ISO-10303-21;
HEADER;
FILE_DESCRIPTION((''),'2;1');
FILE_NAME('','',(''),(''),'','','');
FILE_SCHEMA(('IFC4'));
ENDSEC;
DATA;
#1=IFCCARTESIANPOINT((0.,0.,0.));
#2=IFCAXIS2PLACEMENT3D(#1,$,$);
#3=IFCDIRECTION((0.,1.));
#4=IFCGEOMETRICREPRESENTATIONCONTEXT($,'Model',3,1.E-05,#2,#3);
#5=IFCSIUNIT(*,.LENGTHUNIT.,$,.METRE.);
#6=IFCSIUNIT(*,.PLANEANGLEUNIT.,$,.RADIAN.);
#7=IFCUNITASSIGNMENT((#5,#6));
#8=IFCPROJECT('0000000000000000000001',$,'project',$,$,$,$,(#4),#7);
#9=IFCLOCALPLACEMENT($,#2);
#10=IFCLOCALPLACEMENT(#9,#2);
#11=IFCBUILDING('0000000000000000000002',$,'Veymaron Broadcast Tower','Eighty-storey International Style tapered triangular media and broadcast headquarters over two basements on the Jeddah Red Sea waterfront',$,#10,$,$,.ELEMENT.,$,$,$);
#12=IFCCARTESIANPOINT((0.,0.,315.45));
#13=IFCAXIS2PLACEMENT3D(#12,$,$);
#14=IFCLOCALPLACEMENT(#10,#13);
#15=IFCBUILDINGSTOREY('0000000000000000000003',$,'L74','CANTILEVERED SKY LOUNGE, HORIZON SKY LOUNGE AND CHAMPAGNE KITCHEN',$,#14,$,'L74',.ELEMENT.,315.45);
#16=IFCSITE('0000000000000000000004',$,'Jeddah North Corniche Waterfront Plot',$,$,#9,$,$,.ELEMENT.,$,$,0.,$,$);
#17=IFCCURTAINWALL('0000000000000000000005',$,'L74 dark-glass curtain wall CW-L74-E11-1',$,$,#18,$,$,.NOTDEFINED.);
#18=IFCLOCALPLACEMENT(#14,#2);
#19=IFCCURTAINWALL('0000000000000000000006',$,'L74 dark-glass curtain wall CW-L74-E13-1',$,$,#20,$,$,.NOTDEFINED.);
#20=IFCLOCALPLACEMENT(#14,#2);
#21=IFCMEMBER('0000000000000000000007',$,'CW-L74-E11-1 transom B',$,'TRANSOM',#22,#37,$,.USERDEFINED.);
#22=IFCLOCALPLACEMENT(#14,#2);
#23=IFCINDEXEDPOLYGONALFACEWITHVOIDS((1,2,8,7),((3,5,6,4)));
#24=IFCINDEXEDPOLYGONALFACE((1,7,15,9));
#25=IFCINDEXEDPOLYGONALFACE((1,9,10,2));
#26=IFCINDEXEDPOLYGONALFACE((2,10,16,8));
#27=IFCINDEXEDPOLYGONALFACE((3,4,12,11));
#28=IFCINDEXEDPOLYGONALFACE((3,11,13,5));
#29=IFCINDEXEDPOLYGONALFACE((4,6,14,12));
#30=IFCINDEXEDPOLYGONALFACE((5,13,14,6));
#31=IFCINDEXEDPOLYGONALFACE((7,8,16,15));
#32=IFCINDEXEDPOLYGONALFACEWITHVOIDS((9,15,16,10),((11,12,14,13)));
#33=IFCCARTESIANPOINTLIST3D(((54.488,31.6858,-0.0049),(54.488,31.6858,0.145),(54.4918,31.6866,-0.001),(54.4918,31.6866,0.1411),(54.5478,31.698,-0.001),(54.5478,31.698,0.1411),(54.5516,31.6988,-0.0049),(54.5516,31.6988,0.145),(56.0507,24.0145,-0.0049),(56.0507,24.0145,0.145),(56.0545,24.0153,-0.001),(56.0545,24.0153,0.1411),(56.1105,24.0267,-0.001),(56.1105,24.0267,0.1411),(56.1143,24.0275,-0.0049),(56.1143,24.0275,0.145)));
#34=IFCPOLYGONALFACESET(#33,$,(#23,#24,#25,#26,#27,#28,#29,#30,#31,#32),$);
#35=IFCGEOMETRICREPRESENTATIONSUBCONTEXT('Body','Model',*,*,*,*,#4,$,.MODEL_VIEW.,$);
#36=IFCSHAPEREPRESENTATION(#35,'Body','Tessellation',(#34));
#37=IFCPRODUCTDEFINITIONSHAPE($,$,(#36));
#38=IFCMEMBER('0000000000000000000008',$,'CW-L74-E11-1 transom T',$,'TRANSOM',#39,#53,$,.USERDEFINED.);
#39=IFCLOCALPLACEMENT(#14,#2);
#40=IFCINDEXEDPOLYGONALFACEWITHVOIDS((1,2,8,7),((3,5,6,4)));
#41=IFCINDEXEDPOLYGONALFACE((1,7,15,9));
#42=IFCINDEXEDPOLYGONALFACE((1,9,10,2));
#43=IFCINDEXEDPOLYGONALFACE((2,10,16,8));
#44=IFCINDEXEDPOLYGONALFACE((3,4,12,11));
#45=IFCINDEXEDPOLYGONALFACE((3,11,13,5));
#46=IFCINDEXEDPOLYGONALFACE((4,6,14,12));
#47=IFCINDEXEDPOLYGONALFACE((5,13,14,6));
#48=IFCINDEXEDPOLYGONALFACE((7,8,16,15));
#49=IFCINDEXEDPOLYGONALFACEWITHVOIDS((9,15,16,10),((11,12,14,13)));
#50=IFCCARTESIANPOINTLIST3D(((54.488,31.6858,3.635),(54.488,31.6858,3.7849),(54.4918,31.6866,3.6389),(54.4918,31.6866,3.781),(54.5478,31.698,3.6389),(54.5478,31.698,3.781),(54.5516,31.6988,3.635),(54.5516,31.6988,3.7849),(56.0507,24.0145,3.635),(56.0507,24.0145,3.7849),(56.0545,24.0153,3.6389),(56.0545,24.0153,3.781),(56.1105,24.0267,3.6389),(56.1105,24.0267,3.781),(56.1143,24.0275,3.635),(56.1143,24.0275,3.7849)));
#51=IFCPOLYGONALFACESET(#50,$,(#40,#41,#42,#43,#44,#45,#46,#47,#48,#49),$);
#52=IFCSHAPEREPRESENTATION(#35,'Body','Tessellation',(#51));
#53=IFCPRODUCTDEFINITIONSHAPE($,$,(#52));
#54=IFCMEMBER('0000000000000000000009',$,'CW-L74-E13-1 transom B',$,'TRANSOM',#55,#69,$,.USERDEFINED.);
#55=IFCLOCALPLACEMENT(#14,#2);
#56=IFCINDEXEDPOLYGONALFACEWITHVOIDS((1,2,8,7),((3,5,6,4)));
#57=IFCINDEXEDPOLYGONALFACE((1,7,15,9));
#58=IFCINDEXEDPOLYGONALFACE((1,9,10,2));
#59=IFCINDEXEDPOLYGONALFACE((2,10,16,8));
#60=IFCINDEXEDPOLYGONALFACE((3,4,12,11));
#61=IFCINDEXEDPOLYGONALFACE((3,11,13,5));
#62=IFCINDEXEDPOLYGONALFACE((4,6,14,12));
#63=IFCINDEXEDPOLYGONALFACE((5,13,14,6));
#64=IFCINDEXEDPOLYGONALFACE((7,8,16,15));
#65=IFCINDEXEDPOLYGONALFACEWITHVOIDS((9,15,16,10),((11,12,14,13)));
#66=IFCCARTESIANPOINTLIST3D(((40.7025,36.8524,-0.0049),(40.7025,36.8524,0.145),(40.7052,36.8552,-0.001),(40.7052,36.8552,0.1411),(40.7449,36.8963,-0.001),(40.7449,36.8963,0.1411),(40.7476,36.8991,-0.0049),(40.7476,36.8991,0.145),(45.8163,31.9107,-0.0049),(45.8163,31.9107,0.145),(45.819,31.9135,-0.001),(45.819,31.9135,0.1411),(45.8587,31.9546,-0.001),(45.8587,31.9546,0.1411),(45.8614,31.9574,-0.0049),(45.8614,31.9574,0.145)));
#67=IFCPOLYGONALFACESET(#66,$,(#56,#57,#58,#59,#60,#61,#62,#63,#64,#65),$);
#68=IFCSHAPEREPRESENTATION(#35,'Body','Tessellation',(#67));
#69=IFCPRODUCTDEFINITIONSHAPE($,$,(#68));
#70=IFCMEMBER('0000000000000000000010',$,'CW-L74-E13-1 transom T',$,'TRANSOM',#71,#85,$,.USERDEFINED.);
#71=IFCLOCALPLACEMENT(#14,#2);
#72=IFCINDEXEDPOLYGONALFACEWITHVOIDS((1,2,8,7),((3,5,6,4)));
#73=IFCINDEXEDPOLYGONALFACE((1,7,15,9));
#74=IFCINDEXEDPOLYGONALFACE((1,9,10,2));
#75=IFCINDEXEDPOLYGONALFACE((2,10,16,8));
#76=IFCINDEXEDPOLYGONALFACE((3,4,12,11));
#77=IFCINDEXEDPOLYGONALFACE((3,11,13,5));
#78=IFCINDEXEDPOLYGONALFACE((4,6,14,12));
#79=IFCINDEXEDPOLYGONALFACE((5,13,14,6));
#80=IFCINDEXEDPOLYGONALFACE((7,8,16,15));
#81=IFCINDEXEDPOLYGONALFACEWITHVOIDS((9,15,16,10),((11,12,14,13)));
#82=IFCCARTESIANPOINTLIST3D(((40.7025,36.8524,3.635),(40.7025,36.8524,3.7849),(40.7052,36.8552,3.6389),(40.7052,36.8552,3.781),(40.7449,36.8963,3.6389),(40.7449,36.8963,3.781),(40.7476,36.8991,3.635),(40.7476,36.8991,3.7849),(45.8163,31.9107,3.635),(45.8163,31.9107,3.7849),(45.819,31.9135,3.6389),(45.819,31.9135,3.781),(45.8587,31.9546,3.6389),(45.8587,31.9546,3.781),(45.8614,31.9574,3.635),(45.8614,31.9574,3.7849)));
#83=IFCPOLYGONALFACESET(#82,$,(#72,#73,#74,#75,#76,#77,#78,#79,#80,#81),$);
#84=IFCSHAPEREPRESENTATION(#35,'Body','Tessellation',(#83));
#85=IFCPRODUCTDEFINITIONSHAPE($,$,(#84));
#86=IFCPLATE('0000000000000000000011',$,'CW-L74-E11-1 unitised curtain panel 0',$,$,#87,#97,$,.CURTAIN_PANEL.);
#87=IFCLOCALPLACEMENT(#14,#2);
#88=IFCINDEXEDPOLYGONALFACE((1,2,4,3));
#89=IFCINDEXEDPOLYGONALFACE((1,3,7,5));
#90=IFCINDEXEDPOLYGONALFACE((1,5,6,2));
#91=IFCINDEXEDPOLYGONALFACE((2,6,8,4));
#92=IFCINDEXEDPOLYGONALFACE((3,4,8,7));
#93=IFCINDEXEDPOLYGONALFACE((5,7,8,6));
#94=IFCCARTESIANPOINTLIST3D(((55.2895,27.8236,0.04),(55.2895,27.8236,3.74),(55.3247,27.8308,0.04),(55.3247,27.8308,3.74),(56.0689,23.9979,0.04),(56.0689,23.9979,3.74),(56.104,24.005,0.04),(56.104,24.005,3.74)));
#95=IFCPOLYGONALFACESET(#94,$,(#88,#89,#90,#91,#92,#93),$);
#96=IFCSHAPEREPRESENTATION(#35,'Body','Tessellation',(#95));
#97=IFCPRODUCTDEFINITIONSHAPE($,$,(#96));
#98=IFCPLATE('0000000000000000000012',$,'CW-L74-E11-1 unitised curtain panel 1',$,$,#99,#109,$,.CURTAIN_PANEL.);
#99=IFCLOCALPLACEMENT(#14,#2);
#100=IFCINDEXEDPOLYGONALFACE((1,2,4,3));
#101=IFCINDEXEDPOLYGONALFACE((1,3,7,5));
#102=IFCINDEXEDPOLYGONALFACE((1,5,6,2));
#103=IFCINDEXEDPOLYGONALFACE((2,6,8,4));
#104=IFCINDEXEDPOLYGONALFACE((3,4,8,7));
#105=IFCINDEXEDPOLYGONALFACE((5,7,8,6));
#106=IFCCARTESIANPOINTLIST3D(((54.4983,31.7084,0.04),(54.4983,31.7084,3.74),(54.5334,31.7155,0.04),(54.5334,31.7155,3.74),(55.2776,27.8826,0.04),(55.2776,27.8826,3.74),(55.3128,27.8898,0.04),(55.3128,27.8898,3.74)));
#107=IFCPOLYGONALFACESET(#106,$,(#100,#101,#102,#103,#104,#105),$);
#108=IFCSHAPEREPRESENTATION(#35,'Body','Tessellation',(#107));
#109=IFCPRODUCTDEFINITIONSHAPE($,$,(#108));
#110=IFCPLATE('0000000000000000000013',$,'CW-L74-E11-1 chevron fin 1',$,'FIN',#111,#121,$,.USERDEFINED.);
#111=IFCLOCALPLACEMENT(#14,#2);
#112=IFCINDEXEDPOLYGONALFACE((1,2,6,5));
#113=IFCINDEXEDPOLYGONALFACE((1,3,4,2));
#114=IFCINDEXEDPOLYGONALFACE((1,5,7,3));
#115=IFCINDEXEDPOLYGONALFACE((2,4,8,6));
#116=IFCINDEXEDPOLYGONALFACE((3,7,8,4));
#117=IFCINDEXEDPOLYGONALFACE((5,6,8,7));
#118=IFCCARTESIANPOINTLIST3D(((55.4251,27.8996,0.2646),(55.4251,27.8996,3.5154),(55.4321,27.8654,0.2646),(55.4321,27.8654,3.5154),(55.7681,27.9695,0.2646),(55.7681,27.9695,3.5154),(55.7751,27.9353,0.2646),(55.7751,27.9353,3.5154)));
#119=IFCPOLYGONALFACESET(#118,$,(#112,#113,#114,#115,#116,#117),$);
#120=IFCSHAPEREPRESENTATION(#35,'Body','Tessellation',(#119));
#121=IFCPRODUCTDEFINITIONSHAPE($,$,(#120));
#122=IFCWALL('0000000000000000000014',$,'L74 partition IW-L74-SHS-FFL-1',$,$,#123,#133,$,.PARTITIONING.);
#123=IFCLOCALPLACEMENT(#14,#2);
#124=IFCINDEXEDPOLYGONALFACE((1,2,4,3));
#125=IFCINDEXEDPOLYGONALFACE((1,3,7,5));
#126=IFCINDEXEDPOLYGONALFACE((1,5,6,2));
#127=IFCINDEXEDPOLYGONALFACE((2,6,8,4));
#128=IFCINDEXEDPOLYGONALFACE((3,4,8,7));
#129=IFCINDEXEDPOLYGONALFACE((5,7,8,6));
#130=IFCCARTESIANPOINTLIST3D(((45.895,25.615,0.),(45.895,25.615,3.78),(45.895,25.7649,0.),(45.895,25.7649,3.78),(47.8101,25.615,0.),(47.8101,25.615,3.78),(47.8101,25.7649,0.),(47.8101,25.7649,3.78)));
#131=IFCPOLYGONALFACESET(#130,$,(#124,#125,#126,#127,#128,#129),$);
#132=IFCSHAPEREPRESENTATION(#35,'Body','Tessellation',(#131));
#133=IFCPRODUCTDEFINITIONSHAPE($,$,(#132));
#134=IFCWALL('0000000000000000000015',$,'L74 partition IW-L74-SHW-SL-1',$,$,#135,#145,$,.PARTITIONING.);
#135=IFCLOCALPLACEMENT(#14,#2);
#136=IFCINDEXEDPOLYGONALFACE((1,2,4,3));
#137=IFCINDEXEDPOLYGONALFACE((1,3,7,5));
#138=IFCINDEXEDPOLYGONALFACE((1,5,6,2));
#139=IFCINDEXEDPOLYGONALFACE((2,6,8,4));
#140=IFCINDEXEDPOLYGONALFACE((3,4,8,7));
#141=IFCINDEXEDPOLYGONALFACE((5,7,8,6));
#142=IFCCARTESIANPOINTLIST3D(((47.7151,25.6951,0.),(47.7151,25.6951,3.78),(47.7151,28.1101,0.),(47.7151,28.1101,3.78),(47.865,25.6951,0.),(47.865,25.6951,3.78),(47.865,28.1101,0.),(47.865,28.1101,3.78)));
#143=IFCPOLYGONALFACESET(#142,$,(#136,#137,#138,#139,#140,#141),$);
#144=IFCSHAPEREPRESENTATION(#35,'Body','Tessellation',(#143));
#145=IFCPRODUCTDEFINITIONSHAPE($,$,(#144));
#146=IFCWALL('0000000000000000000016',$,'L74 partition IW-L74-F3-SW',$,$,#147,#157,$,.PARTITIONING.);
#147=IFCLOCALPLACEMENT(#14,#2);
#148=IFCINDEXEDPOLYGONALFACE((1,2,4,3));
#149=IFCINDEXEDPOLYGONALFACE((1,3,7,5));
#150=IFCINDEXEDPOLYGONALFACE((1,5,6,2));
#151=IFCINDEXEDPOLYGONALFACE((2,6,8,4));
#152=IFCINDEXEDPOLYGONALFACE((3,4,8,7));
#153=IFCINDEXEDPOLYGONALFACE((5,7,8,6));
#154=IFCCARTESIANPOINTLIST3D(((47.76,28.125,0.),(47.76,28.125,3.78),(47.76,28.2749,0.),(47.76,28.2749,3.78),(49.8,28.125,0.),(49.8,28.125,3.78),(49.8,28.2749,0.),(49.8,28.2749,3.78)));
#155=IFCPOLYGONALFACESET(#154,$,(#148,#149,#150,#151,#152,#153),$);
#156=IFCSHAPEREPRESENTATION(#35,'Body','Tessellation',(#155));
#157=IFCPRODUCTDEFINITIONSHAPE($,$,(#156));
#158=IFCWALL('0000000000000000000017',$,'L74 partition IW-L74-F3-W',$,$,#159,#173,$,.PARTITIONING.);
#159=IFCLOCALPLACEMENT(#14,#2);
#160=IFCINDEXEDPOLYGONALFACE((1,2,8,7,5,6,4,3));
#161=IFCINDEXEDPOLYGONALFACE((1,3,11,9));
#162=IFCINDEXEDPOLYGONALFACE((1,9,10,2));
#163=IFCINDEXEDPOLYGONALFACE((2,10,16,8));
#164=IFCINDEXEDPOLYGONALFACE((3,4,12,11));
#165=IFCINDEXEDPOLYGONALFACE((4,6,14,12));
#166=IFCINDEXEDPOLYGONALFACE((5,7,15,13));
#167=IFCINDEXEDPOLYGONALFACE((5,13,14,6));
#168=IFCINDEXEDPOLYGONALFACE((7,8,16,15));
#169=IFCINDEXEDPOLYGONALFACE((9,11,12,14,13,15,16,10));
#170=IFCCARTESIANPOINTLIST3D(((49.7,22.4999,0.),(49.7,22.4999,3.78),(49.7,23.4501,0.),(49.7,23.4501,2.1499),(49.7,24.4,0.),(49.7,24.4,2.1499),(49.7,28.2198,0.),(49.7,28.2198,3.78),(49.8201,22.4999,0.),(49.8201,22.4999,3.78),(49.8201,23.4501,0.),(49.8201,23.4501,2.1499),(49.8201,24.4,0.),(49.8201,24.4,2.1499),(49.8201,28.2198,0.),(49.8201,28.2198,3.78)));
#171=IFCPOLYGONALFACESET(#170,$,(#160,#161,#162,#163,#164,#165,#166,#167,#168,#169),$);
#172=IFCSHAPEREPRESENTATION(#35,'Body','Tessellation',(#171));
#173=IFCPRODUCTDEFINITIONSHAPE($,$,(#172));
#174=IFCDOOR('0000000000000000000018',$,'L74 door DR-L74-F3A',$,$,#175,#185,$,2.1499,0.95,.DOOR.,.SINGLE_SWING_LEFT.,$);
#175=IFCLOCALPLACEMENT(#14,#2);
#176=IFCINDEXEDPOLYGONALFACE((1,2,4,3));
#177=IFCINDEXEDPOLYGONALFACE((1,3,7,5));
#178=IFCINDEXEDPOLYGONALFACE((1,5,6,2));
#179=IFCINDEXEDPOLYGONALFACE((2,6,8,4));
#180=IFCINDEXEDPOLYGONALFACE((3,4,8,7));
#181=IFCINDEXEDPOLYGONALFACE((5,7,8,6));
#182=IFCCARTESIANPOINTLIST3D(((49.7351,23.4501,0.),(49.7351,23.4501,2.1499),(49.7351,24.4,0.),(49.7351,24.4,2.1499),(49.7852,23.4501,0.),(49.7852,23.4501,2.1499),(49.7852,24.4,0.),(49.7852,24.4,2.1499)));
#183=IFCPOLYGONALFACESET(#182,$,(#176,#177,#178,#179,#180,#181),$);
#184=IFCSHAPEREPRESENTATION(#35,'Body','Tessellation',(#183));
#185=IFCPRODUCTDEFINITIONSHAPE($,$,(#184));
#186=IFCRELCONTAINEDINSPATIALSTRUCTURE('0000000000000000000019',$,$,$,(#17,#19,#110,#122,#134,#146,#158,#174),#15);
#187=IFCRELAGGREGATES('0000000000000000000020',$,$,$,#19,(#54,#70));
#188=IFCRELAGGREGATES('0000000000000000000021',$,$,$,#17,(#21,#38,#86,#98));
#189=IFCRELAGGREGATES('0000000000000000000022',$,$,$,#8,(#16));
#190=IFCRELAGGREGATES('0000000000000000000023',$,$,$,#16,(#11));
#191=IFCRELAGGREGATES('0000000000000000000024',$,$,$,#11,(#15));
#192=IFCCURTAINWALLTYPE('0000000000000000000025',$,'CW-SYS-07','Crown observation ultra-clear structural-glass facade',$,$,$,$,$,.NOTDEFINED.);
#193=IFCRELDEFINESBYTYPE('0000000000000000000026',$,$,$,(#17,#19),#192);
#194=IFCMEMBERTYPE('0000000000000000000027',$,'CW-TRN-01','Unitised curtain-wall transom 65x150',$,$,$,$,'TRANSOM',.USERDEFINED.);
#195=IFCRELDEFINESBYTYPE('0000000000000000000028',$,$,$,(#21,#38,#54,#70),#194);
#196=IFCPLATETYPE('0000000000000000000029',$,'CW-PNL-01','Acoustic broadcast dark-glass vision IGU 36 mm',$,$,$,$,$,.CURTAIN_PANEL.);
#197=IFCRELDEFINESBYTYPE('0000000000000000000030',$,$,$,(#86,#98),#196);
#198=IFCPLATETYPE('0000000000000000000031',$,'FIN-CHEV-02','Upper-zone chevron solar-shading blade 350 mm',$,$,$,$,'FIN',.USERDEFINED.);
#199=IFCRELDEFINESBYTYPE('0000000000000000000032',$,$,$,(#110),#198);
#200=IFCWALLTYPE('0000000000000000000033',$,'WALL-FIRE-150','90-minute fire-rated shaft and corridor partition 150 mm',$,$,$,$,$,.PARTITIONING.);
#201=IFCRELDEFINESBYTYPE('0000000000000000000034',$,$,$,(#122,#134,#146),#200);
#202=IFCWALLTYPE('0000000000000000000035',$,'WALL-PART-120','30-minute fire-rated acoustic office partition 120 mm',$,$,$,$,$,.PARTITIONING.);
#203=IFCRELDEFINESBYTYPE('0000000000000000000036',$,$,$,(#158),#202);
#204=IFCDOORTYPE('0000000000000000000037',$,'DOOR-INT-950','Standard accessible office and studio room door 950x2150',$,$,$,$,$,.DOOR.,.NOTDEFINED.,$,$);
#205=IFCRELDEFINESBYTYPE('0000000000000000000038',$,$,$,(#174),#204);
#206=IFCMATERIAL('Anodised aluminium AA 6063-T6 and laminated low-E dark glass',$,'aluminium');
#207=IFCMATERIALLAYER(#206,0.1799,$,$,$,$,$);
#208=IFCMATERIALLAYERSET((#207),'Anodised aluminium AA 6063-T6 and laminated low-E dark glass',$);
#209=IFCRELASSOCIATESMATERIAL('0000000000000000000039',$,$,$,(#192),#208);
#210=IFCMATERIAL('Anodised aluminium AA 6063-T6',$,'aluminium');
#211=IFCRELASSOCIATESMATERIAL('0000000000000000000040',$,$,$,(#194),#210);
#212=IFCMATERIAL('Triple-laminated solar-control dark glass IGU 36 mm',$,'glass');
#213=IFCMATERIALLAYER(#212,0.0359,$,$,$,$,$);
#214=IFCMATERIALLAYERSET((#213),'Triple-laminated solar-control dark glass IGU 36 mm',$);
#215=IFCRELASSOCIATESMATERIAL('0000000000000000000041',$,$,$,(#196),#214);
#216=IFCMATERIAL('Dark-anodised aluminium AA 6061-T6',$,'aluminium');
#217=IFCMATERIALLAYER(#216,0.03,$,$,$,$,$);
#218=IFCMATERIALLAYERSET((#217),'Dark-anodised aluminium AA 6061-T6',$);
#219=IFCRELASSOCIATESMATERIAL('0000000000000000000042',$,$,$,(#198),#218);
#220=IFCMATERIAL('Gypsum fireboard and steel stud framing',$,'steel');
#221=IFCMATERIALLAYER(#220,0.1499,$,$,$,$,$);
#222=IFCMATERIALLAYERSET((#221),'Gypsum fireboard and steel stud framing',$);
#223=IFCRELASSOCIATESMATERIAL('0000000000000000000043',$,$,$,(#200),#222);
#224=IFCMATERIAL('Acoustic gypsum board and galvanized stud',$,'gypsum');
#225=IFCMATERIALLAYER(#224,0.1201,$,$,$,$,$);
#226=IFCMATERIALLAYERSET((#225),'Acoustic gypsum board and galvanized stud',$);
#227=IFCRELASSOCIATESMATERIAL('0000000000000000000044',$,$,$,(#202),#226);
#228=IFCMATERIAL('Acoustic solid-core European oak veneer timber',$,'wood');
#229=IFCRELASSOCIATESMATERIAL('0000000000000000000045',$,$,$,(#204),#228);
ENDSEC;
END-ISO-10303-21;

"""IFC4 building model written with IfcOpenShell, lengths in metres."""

from ifc_helpers import new_model, si_unit, direction, frame, frame_2d, origin, origin_2d, place, context, subcontext, project, spatial, rectangle, hollow_rectangle, extrude, material, layer, layer_set, material_profile, profile_set, type_object, element, fill, aggregate, save


model = new_model("IFC4")

# Units and contexts
model_context = context("Model", 3, precision=1e-05, world=origin(), true_north=direction((0.0, 1.0)))
body_context = subcontext(model_context, "Body", "Model", "MODEL_VIEW")
ifc_project = project(units=[si_unit("LENGTHUNIT", "METRE"), si_unit("PLANEANGLEUNIT", "RADIAN")], contexts=[model_context])

# Site, building, storey
site_placement = place(None, origin())
site = spatial("IfcSite", under=ifc_project, at=site_placement, Name="Jeddah North Corniche Waterfront Plot", CompositionType="ELEMENT", RefElevation=0.0)
building_placement = place(site_placement, origin())
building = spatial("IfcBuilding", under=site, at=building_placement, Name="Veymaron Broadcast Tower", Description="Eighty-storey International Style tapered triangular media and broadcast headquarters over two basements on the Jeddah Red Sea waterfront", CompositionType="ELEMENT")
storey_placement = place(building_placement, frame((0.0, 0.0, 315.45)))
storey = spatial("IfcBuildingStorey", under=building, at=storey_placement, Name="L74", Description="CANTILEVERED SKY LOUNGE, HORIZON SKY LOUNGE AND CHAMPAGNE KITCHEN", LongName="L74", CompositionType="ELEMENT", Elevation=315.45)

# Shared definitions
ifc_material_1 = material(Name="Anodised aluminium AA 6063-T6 and laminated low-E dark glass", Category="aluminium")
ifc_layer_1 = layer(ifc_material_1, 0.1799)
ifc_layer_set_1 = layer_set([ifc_layer_1], Name="Anodised aluminium AA 6063-T6 and laminated low-E dark glass")
curtain_wall_type = type_object("IfcCurtainWallType", Name="CW-SYS-07", Description="Crown observation ultra-clear structural-glass facade", PredefinedType="NOTDEFINED", material=ifc_layer_set_1)
ifc_material_2 = material(Name="Anodised aluminium AA 6063-T6", Category="aluminium")

# Curtain wall
curtain_wall_1_placement = place(storey_placement, origin())
curtain_wall_1 = element("IfcCurtainWall", 1, at=curtain_wall_1_placement, inside=storey, type_object=curtain_wall_type, Name="L74 dark-glass curtain wall CW-L74-E11-1", PredefinedType="NOTDEFINED")

# Curtain wall
curtain_wall_2_placement = place(storey_placement, origin())
curtain_wall_2 = element("IfcCurtainWall", 2, at=curtain_wall_2_placement, inside=storey, type_object=curtain_wall_type, Name="L74 dark-glass curtain wall CW-L74-E13-1", PredefinedType="NOTDEFINED")

# Members
ifc_material_profile_1 = material_profile(ifc_material_2, hollow_rectangle(XDim=0.0649, YDim=0.1499, WallThickness=0.0039, at=origin_2d()), Name="AL150X65X4")
ifc_profile_set_1 = profile_set([ifc_material_profile_1], Name="Anodised aluminium AA 6063-T6")
member_type_1 = type_object("IfcMemberType", Name="CW-TRN-01", Description="Unitised curtain-wall transom 65x150", ElementType="TRANSOM", PredefinedType="USERDEFINED", material=ifc_profile_set_1)
member_1_placement = place(storey_placement, frame((56.0825, 24.021, 0.0701), z_axis=(-0.199611, 0.979875, 0.0), x_axis=(-0.979875, -0.199611, 0.0)))
member_1 = element("IfcMember", 3, at=member_1_placement, type_object=member_type_1, Name="CW-L74-E11-1 transom B", ObjectType="TRANSOM", PredefinedType="USERDEFINED", context=body_context, shape_type="SweptSolid", body=[
    extrude(hollow_rectangle(XDim=0.0649, YDim=0.1499, WallThickness=0.0039, at=origin_2d()), origin(), (0.0, 0.0, 1.0), 7.8289),
])
member_2_placement = place(storey_placement, frame((56.0825, 24.021, 3.71), z_axis=(-0.199611, 0.979875, 0.0), x_axis=(-0.979875, -0.199611, 0.0)))
member_2 = element("IfcMember", 4, at=member_2_placement, type_object=member_type_1, Name="CW-L74-E11-1 transom T", ObjectType="TRANSOM", PredefinedType="USERDEFINED", context=body_context, shape_type="SweptSolid", body=[
    extrude(hollow_rectangle(XDim=0.0649, YDim=0.1499, WallThickness=0.0039, at=origin_2d()), origin(), (0.0, 0.0, 1.0), 7.8289),
])
member_3_placement = place(storey_placement, frame((45.8389, 31.9341, 0.0701), z_axis=(-0.719105, 0.694901, 0.0), x_axis=(-0.694901, -0.719105, 0.0)))
member_3 = element("IfcMember", 5, at=member_3_placement, type_object=member_type_1, Name="CW-L74-E13-1 transom B", ObjectType="TRANSOM", PredefinedType="USERDEFINED", context=body_context, shape_type="SweptSolid", body=[
    extrude(hollow_rectangle(XDim=0.0649, YDim=0.1499, WallThickness=0.0039, at=origin_2d()), origin(), (0.0, 0.0, 1.0), 7.1113),
])
member_4_placement = place(storey_placement, frame((45.8389, 31.9341, 3.71), z_axis=(-0.719105, 0.694901, 0.0), x_axis=(-0.694901, -0.719105, 0.0)))
member_4 = element("IfcMember", 6, at=member_4_placement, type_object=member_type_1, Name="CW-L74-E13-1 transom T", ObjectType="TRANSOM", PredefinedType="USERDEFINED", context=body_context, shape_type="SweptSolid", body=[
    extrude(hollow_rectangle(XDim=0.0649, YDim=0.1499, WallThickness=0.0039, at=origin_2d()), origin(), (0.0, 0.0, 1.0), 7.1113),
])
aggregate(curtain_wall_2, [member_3, member_4])

# Plates
ifc_material_3 = material(Name="Triple-laminated solar-control dark glass IGU 36 mm", Category="glass")
ifc_layer_2 = layer(ifc_material_3, 0.0359)
ifc_layer_set_2 = layer_set([ifc_layer_2], Name="Triple-laminated solar-control dark glass IGU 36 mm")
plate_type_1 = type_object("IfcPlateType", Name="CW-PNL-01", Description="Acoustic broadcast dark-glass vision IGU 36 mm", PredefinedType="CURTAIN_PANEL", material=ifc_layer_set_2)
plate_1_placement = place(storey_placement, frame((55.6968, 25.9143, 0.04), z_axis=(0.0, 0.0, 1.0), x_axis=(-0.199607, 0.979876, 0.0)))
plate_1 = element("IfcPlate", 7, at=plate_1_placement, type_object=plate_type_1, Name="CW-L74-E11-1 unitised curtain panel 0", PredefinedType="CURTAIN_PANEL", context=body_context, shape_type="SweptSolid", body=[
    extrude(rectangle(XDim=3.9043, YDim=0.0359, at=origin_2d()), origin(), (0.0, 0.0, 1.0), 3.7),
])
plate_2_placement = place(storey_placement, frame((54.9055, 29.7991, 0.04), z_axis=(0.0, 0.0, 1.0), x_axis=(-0.199607, 0.979876, 0.0)))
plate_2 = element("IfcPlate", 8, at=plate_2_placement, type_object=plate_type_1, Name="CW-L74-E11-1 unitised curtain panel 1", PredefinedType="CURTAIN_PANEL", context=body_context, shape_type="SweptSolid", body=[
    extrude(rectangle(XDim=3.9043, YDim=0.0359, at=origin_2d()), origin(), (0.0, 0.0, 1.0), 3.7),
])
aggregate(curtain_wall_1, [member_1, member_2, plate_1, plate_2])
ifc_material_4 = material(Name="Dark-anodised aluminium AA 6061-T6", Category="aluminium")
ifc_layer_3 = layer(ifc_material_4, 0.03)
ifc_layer_set_3 = layer_set([ifc_layer_3], Name="Dark-anodised aluminium AA 6061-T6")
plate_type_2 = type_object("IfcPlateType", Name="FIN-CHEV-02", Description="Upper-zone chevron solar-shading blade 350 mm", ElementType="FIN", PredefinedType="USERDEFINED", material=ifc_layer_set_3)
plate_3_placement = place(storey_placement, frame((55.6001, 27.9175, 0.2646), z_axis=(0.0, 0.0, 1.0), x_axis=(0.979876, 0.199607, 0.0)))
element("IfcPlate", 9, at=plate_3_placement, inside=storey, type_object=plate_type_2, Name="CW-L74-E11-1 chevron fin 1", ObjectType="FIN", PredefinedType="USERDEFINED", context=body_context, shape_type="SweptSolid", body=[
    extrude(rectangle(XDim=0.3501, YDim=0.0349, at=origin_2d()), origin(), (0.0, 0.0, 1.0), 3.2507),
])

# Shared definitions
ifc_material_5 = material(Name="Gypsum fireboard and steel stud framing", Category="steel")
ifc_layer_4 = layer(ifc_material_5, 0.1499)
ifc_layer_set_4 = layer_set([ifc_layer_4], Name="Gypsum fireboard and steel stud framing")
wall_type_1 = type_object("IfcWallType", Name="WALL-FIRE-150", Description="90-minute fire-rated shaft and corridor partition 150 mm", PredefinedType="PARTITIONING", material=ifc_layer_set_4)

# Wall
wall_1_placement = place(storey_placement, frame((45.895, 25.6899, 0.0), z_axis=(0.0, 0.0, 1.0), x_axis=(1.0, 0.0, 0.0)))
element("IfcWall", 10, at=wall_1_placement, inside=storey, type_object=wall_type_1, Name="L74 partition IW-L74-SHS-FFL-1", PredefinedType="PARTITIONING", context=body_context, shape_type="SweptSolid", body=[
    extrude(rectangle(XDim=1.915, YDim=0.1499, at=frame_2d((0.9575, 0.0))), origin(), (0.0, 0.0, 1.0), 3.78),
])

# Walls
wall_2_placement = place(storey_placement, frame((47.79, 25.6951, 0.0), z_axis=(0.0, 0.0, 1.0), x_axis=(0.0, 1.0, 0.0)))
element("IfcWall", 11, at=wall_2_placement, inside=storey, type_object=wall_type_1, Name="L74 partition IW-L74-SHW-SL-1", PredefinedType="PARTITIONING", context=body_context, shape_type="SweptSolid", body=[
    extrude(rectangle(XDim=2.415, YDim=0.1499, at=frame_2d((1.2075, 0.0))), origin(), (0.0, 0.0, 1.0), 3.78),
])
wall_3_placement = place(storey_placement, frame((47.76, 28.2, 0.0), z_axis=(0.0, 0.0, 1.0), x_axis=(1.0, 0.0, 0.0)))
element("IfcWall", 12, at=wall_3_placement, inside=storey, type_object=wall_type_1, Name="L74 partition IW-L74-F3-SW", PredefinedType="PARTITIONING", context=body_context, shape_type="SweptSolid", body=[
    extrude(rectangle(XDim=2.04, YDim=0.1499, at=frame_2d((1.02, 0.0))), origin(), (0.0, 0.0, 1.0), 3.78),
])

# Wall, opening, door
ifc_material_6 = material(Name="Acoustic gypsum board and galvanized stud", Category="gypsum")
ifc_layer_5 = layer(ifc_material_6, 0.1201)
ifc_layer_set_5 = layer_set([ifc_layer_5], Name="Acoustic gypsum board and galvanized stud")
wall_type_2 = type_object("IfcWallType", Name="WALL-PART-120", Description="30-minute fire-rated acoustic office partition 120 mm", PredefinedType="PARTITIONING", material=ifc_layer_set_5)
wall_4_placement = place(storey_placement, frame((49.76, 22.5, 0.0), z_axis=(0.0, 0.0, 1.0), x_axis=(0.0, 1.0, 0.0)))
wall_4 = element("IfcWall", 13, at=wall_4_placement, inside=storey, type_object=wall_type_2, Name="L74 partition IW-L74-F3-W", PredefinedType="PARTITIONING", context=body_context, shape_type="SweptSolid", body=[
    extrude(rectangle(XDim=5.72, YDim=0.1201, at=frame_2d((2.8599, 0.0))), origin(), (0.0, 0.0, 1.0), 3.78),
])
opening_1_placement = place(wall_4_placement, frame((0.95, 0.0, 0.0)))
opening_1 = element("IfcOpeningElement", 14, at=opening_1_placement, cuts=wall_4, PredefinedType="OPENING", context=body_context, shape_type="SweptSolid", body=[
    extrude(rectangle(XDim=0.95, YDim=2.1499, at=frame_2d((0.4751, 1.075))), frame((0.0, 0.0701, 0.0), z_axis=(0.0, -1.0, 0.0), x_axis=(1.0, 0.0, 0.0)), (0.0, 0.0, 1.0), 0.1401),
])
ifc_material_7 = material(Name="Acoustic solid-core European oak veneer timber", Category="wood")
door_type_1 = type_object("IfcDoorType", Name="DOOR-INT-950", Description="Standard accessible office and studio room door 950x2150", OperationType="NOTDEFINED", PredefinedType="DOOR", material=ifc_material_7)
door_1_placement = place(opening_1_placement, origin())
door_1 = element("IfcDoor", 15, at=door_1_placement, inside=storey, type_object=door_type_1, Name="L74 door DR-L74-F3A", OperationType="SINGLE_SWING_LEFT", OverallHeight=2.1499, OverallWidth=0.95, PredefinedType="DOOR", context=body_context, shape_type="SweptSolid", body=[
    extrude(rectangle(XDim=0.95, YDim=2.1499, at=frame_2d((0.4751, 1.075))), frame((0.0, 0.0249, 0.0), z_axis=(0.0, -1.0, 0.0), x_axis=(1.0, 0.0, 0.0)), (0.0, 0.0, 1.0), 0.05),
])
fill(opening_1, door_1)

save(model, "model.ifc")
